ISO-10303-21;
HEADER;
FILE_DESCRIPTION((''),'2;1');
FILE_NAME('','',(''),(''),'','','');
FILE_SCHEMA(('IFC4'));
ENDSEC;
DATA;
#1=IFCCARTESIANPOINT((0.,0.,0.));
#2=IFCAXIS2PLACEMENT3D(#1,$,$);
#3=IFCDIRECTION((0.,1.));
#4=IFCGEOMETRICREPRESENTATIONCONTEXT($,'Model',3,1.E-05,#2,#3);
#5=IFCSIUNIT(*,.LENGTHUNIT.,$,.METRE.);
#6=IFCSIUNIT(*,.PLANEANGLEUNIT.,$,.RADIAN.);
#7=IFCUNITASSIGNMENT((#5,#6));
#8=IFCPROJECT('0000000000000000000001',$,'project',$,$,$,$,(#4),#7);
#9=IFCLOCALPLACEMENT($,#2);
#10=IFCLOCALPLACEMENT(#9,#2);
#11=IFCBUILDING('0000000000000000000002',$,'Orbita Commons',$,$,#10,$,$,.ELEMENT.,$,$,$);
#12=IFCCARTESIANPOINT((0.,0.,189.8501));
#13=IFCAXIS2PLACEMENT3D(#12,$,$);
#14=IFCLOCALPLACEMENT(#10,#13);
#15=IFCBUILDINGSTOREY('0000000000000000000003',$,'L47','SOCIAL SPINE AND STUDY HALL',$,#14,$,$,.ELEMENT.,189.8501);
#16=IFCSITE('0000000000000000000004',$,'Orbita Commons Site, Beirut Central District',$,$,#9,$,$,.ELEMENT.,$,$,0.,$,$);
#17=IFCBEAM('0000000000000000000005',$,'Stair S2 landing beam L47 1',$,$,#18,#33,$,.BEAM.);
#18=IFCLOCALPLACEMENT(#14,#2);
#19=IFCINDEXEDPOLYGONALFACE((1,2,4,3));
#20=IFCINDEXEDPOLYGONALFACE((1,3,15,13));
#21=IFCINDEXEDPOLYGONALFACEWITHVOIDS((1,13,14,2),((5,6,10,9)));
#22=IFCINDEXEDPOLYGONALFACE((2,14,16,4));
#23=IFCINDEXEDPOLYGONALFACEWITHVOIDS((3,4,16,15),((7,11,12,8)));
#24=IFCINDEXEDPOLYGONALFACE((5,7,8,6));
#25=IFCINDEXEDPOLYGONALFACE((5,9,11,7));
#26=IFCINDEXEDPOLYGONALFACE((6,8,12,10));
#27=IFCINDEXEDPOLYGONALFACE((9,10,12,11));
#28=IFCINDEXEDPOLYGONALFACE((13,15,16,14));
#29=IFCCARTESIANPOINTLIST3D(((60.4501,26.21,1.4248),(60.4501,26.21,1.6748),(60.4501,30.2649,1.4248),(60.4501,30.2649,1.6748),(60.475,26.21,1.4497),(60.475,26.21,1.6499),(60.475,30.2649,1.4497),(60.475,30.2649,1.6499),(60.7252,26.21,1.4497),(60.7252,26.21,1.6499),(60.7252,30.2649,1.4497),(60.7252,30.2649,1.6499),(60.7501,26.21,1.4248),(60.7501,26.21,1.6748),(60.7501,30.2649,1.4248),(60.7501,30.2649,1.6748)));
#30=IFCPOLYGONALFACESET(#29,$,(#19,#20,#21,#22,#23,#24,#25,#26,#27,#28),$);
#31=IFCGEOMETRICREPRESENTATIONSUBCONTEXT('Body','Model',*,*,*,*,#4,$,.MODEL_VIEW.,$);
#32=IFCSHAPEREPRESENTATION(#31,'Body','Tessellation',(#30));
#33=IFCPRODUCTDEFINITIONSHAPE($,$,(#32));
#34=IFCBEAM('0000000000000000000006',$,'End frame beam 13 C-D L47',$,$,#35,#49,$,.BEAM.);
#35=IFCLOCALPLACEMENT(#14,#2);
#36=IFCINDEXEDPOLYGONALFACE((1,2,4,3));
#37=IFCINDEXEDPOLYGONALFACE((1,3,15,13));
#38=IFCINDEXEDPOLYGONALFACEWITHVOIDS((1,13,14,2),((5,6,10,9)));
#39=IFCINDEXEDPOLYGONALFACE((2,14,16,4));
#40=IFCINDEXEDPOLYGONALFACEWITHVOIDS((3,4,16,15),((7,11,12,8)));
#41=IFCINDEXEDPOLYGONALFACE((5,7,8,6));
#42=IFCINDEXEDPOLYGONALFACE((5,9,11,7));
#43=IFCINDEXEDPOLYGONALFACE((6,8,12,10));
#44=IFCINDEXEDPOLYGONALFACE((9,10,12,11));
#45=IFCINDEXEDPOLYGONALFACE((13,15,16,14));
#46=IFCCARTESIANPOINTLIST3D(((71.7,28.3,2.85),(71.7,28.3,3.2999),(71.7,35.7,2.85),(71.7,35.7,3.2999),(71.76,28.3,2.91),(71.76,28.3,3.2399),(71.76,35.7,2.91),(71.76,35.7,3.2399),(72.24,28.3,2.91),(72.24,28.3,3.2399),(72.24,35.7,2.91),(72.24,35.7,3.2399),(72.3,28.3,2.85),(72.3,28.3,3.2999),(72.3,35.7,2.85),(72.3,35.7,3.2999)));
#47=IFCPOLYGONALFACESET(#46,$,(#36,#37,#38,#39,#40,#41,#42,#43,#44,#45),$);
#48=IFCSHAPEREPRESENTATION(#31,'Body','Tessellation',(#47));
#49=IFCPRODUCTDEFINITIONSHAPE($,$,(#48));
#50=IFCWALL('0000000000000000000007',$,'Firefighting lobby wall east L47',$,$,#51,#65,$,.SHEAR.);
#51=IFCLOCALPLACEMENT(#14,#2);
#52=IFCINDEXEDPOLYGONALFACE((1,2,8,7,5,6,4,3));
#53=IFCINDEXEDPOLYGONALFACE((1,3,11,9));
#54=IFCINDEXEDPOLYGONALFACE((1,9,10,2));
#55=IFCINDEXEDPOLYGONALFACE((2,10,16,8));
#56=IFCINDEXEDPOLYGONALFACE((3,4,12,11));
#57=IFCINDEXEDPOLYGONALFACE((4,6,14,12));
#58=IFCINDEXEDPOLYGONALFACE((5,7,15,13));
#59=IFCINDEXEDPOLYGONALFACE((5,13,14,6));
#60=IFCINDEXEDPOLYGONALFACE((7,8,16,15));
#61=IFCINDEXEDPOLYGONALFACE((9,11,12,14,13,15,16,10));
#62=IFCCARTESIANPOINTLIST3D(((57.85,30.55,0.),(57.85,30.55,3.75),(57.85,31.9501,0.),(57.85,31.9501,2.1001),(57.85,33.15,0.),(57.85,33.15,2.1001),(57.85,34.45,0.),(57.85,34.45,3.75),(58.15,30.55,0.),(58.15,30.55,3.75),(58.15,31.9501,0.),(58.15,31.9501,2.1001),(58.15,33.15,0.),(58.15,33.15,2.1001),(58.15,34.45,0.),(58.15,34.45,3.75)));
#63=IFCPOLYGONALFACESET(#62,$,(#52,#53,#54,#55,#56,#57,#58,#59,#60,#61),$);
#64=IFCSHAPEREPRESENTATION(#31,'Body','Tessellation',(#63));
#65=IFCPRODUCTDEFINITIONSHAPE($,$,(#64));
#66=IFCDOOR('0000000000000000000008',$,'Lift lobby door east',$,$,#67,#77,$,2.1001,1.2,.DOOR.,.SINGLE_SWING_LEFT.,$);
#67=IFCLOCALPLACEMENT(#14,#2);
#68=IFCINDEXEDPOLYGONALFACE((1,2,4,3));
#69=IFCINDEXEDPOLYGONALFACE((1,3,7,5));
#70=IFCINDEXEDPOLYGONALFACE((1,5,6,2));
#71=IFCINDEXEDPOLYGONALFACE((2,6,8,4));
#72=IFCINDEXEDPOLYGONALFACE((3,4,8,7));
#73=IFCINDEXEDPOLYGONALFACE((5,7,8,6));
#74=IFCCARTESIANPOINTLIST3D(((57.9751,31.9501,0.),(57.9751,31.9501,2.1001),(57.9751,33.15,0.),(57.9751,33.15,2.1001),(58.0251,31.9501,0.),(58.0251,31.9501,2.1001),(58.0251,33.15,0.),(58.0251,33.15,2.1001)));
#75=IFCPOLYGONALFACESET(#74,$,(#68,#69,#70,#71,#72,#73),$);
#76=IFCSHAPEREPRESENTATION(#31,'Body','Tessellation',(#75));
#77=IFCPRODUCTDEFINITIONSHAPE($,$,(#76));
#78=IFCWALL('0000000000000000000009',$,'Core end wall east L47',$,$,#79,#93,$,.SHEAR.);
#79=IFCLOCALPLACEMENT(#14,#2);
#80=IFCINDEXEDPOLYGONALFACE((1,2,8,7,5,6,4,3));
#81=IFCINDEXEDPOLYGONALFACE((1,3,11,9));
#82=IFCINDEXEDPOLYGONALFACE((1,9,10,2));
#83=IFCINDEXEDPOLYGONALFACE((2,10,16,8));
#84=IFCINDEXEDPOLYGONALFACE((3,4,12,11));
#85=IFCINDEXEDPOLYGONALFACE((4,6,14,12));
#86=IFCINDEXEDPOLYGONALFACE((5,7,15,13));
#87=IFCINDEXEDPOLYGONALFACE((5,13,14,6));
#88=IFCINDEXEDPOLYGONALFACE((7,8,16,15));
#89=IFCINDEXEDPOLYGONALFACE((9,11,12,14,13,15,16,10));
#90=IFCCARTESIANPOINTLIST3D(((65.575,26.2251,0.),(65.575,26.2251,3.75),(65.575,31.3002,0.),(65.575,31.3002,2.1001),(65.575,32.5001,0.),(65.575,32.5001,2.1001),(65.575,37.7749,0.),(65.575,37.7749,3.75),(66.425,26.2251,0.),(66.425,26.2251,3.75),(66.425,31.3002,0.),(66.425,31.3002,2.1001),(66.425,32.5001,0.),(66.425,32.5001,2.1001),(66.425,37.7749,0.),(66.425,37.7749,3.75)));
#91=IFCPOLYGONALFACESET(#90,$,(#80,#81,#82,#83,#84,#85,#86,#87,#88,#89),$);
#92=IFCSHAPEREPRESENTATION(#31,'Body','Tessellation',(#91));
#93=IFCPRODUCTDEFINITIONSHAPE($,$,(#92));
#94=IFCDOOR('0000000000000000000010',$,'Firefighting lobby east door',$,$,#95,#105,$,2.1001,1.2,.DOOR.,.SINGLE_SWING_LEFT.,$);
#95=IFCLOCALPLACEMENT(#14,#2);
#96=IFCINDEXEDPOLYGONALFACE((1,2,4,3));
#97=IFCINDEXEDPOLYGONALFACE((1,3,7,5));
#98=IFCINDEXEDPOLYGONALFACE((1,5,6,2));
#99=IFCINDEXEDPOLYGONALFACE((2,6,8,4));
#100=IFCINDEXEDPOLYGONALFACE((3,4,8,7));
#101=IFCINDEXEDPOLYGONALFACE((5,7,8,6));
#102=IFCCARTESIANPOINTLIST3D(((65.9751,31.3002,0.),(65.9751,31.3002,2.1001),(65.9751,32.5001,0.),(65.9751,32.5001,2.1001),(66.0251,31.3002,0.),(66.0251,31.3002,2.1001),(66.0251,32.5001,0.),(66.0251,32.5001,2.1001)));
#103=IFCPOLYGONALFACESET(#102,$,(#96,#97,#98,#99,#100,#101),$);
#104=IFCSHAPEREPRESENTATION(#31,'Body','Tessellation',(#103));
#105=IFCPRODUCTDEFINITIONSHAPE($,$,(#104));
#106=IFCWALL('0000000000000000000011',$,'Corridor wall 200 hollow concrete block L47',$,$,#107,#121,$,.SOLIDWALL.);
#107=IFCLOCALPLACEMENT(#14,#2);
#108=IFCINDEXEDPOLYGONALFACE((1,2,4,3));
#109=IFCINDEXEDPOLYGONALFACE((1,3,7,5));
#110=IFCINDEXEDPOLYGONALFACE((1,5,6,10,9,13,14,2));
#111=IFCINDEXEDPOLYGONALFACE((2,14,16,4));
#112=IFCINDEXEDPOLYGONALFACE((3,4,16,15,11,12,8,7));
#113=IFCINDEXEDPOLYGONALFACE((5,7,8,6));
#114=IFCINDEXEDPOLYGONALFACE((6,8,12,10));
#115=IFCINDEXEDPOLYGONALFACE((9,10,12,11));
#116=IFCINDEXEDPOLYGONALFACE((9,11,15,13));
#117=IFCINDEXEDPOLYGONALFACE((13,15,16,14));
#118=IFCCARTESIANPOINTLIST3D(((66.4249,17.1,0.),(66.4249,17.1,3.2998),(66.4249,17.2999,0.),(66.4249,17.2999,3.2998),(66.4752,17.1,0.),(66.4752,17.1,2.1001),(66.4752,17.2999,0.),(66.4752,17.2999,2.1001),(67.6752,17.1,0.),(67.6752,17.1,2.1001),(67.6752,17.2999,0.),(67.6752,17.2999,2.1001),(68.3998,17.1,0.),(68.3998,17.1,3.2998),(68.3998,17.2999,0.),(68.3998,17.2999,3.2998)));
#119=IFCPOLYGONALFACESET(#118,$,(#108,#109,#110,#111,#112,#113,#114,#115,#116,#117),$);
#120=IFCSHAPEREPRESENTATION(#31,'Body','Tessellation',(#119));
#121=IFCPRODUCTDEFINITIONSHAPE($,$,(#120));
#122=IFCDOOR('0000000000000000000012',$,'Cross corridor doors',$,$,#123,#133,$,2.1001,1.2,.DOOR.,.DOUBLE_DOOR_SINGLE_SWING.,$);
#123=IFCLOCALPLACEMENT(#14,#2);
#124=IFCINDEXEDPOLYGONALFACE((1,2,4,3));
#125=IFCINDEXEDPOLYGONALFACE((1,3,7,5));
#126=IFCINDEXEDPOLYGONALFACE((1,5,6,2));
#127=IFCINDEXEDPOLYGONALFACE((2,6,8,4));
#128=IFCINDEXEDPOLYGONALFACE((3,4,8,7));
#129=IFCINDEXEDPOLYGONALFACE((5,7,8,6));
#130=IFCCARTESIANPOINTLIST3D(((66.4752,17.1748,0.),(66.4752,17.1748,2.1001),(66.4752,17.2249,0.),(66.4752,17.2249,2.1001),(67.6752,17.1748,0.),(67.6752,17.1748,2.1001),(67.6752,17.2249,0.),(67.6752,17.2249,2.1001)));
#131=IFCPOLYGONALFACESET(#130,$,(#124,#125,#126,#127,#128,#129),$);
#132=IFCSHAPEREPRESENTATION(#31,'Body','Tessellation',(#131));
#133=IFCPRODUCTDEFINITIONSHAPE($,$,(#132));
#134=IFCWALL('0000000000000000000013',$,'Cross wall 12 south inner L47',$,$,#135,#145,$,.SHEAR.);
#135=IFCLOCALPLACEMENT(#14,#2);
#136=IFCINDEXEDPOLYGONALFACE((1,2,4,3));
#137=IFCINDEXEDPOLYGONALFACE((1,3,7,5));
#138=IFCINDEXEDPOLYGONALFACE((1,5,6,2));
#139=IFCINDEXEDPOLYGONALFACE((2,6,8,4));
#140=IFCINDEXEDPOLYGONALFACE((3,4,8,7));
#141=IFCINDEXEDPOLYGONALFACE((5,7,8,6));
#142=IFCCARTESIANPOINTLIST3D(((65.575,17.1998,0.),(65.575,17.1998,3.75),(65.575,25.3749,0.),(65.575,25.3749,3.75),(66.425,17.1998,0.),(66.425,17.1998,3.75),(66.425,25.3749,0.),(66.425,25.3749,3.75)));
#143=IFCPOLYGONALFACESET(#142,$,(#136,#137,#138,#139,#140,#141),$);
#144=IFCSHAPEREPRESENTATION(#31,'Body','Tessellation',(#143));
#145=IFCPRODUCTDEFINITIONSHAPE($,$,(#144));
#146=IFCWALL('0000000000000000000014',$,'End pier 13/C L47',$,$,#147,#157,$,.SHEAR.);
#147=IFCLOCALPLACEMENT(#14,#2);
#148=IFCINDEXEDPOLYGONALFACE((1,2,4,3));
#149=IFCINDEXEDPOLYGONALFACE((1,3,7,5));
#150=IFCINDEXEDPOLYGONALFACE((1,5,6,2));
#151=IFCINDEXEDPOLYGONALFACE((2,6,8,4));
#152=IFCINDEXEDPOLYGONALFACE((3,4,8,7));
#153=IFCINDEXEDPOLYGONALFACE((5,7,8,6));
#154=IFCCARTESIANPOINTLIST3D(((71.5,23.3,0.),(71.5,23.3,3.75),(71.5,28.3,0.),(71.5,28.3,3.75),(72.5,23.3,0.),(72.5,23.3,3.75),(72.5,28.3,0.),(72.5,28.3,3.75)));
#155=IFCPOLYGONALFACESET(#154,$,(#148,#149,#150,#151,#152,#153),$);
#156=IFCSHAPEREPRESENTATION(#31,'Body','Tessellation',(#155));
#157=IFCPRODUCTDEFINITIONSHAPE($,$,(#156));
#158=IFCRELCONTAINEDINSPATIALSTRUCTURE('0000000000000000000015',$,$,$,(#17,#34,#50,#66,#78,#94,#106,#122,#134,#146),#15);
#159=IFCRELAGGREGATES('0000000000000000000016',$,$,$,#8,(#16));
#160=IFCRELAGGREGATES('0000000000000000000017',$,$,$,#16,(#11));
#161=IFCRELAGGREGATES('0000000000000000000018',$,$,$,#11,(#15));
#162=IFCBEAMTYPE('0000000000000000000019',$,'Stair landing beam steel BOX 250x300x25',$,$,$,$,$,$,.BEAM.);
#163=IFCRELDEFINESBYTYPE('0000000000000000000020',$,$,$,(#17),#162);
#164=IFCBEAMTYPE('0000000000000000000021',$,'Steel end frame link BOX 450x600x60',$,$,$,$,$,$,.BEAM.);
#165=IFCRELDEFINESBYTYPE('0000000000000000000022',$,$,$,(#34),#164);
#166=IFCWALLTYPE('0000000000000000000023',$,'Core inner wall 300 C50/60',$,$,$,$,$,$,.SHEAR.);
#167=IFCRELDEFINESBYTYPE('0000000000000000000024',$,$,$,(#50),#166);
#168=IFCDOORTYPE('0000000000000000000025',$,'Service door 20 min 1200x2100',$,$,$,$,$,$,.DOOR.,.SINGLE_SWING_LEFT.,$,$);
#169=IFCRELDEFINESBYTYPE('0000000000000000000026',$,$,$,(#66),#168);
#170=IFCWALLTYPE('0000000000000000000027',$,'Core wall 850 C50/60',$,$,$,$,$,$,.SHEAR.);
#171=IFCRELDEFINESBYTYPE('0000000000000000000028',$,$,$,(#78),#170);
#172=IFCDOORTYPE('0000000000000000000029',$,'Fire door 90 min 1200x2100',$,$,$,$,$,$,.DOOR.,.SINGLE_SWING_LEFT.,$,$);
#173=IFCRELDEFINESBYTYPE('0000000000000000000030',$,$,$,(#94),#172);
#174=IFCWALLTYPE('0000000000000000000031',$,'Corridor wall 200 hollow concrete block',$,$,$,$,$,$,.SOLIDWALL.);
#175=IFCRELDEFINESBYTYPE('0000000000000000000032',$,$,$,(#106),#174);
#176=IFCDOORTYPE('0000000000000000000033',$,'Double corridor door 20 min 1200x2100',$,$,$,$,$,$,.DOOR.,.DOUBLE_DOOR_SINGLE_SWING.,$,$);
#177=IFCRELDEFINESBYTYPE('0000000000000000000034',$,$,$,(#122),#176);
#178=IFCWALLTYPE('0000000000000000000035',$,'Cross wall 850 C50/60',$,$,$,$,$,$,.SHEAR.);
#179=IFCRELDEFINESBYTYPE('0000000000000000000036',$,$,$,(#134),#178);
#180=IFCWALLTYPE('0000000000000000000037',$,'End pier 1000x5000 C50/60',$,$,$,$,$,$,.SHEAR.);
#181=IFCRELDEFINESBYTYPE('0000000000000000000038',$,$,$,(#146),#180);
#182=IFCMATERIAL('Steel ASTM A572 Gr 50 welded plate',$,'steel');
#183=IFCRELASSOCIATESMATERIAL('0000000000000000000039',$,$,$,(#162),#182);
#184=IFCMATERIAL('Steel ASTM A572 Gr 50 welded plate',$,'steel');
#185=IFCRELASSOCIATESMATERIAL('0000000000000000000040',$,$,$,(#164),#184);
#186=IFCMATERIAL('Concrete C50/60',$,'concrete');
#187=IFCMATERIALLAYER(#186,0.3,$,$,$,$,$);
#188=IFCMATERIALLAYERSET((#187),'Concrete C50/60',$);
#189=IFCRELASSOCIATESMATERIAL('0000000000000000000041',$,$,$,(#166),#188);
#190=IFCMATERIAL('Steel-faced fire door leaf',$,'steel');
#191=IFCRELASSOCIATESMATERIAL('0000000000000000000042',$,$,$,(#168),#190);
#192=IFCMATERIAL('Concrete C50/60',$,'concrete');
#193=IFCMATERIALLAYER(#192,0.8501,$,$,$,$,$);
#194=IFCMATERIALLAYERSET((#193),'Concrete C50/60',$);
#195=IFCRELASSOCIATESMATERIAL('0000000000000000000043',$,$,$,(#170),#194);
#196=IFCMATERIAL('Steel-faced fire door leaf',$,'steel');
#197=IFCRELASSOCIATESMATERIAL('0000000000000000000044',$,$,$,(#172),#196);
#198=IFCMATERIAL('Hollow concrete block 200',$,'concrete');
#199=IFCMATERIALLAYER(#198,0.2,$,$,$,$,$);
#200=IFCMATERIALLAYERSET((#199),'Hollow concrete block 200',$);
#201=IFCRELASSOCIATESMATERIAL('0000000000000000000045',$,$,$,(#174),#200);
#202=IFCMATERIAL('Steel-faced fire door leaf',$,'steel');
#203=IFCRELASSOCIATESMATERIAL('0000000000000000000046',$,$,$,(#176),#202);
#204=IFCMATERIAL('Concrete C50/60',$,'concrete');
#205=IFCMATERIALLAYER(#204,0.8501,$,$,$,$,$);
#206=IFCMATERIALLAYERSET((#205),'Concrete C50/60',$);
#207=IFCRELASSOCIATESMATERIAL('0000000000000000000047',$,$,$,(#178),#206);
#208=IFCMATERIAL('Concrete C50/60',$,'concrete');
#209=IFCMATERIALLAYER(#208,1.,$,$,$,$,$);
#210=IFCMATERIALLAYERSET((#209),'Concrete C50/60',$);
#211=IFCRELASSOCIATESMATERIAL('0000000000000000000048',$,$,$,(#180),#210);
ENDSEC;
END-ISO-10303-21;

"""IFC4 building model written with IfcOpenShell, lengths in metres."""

from ifc_helpers import new_model, si_unit, direction, frame, frame_2d, origin, origin_2d, place, context, subcontext, project, spatial, rectangle, hollow_rectangle, extrude, material, layer, layer_set, material_profile, profile_set, type_object, element, fill, save


model = new_model("IFC4")

# Units and contexts
model_context = context("Model", 3, precision=1e-05, world=origin(), true_north=direction((0.0, 1.0)))
body_context = subcontext(model_context, "Body", "Model", "MODEL_VIEW")
ifc_project = project(units=[si_unit("LENGTHUNIT", "METRE"), si_unit("PLANEANGLEUNIT", "RADIAN")], contexts=[model_context])

# Site, building, storey
site_placement = place(None, origin())
site = spatial("IfcSite", under=ifc_project, at=site_placement, Name="Orbita Commons Site, Beirut Central District", CompositionType="ELEMENT", RefElevation=0.0)
building_placement = place(site_placement, origin())
building = spatial("IfcBuilding", under=site, at=building_placement, Name="Orbita Commons", CompositionType="ELEMENT")
storey_placement = place(building_placement, frame((0.0, 0.0, 189.8501)))
storey = spatial("IfcBuildingStorey", under=building, at=storey_placement, Name="L47", Description="SOCIAL SPINE AND STUDY HALL", CompositionType="ELEMENT", Elevation=189.8501)

# Beams
ifc_material_1 = material(Name="Steel ASTM A572 Gr 50 welded plate", Category="steel")
ifc_material_profile_1 = material_profile(ifc_material_1, hollow_rectangle(XDim=0.3, YDim=0.25, WallThickness=0.0249, at=origin_2d()), Name="BOX 250x300x25")
ifc_profile_set_1 = profile_set([ifc_material_profile_1], Name="Steel ASTM A572 Gr 50 welded plate")
beam_type_1 = type_object("IfcBeamType", Name="Stair landing beam steel BOX 250x300x25", PredefinedType="BEAM", material=ifc_profile_set_1)
beam_1_placement = place(storey_placement, frame((60.6001, 26.21, 1.5498), z_axis=(0.0, 1.0, 0.0), x_axis=(-1.0, 0.0, 0.0)))
element("IfcBeam", 1, at=beam_1_placement, inside=storey, type_object=beam_type_1, Name="Stair S2 landing beam L47 1", PredefinedType="BEAM", context=body_context, shape_type="SweptSolid", body=[
    extrude(hollow_rectangle(XDim=0.3, YDim=0.25, WallThickness=0.0249, at=origin_2d()), origin(), (0.0, 0.0, 1.0), 4.0549),
])
ifc_material_2 = material(Name="Steel ASTM A572 Gr 50 welded plate", Category="steel")
ifc_material_profile_2 = material_profile(ifc_material_2, hollow_rectangle(XDim=0.6001, YDim=0.45, WallThickness=0.0601, at=origin_2d()), Name="BOX 450x600x60")
ifc_profile_set_2 = profile_set([ifc_material_profile_2], Name="Steel ASTM A572 Gr 50 welded plate")
beam_type_2 = type_object("IfcBeamType", Name="Steel end frame link BOX 450x600x60", PredefinedType="BEAM", material=ifc_profile_set_2)
beam_2_placement = place(storey_placement, frame((72.0, 28.3, 3.075), z_axis=(0.0, 1.0, 0.0), x_axis=(-1.0, 0.0, 0.0)))
element("IfcBeam", 2, at=beam_2_placement, inside=storey, type_object=beam_type_2, Name="End frame beam 13 C-D L47", PredefinedType="BEAM", context=body_context, shape_type="SweptSolid", body=[
    extrude(hollow_rectangle(XDim=0.6001, YDim=0.45, WallThickness=0.0601, at=origin_2d()), origin(), (0.0, 0.0, 1.0), 7.3999),
])

# Walls, openings, doors
ifc_material_3 = material(Name="Concrete C50/60", Category="concrete")
ifc_layer_1 = layer(ifc_material_3, 0.3)
ifc_layer_set_1 = layer_set([ifc_layer_1], Name="Concrete C50/60")
wall_type_1 = type_object("IfcWallType", Name="Core inner wall 300 C50/60", PredefinedType="SHEAR", material=ifc_layer_set_1)
wall_1_placement = place(storey_placement, frame((58.0, 30.55, 0.0), z_axis=(0.0, 0.0, 1.0), x_axis=(0.0, 1.0, 0.0)))
wall_1 = element("IfcWall", 3, at=wall_1_placement, inside=storey, type_object=wall_type_1, Name="Firefighting lobby wall east L47", PredefinedType="SHEAR", context=body_context, shape_type="SweptSolid", body=[
    extrude(rectangle(XDim=3.8999, YDim=0.3, at=frame_2d((1.95, 0.0))), origin(), (0.0, 0.0, 1.0), 3.75),
])
opening_1_placement = place(wall_1_placement, frame((1.3999, 0.0, 0.0)))
opening_1 = element("IfcOpeningElement", 4, at=opening_1_placement, cuts=wall_1, PredefinedType="OPENING", context=body_context, shape_type="SweptSolid", body=[
    extrude(rectangle(XDim=1.2, YDim=2.1001, at=frame_2d((0.6001, 1.05))), frame((0.0, 0.1599, 0.0), z_axis=(0.0, -1.0, 0.0), x_axis=(1.0, 0.0, 0.0)), (0.0, 0.0, 1.0), 0.3201),
])
ifc_material_4 = material(Name="Steel-faced fire door leaf", Category="steel")
door_type_1 = type_object("IfcDoorType", Name="Service door 20 min 1200x2100", OperationType="SINGLE_SWING_LEFT", PredefinedType="DOOR", material=ifc_material_4)
door_1_placement = place(opening_1_placement, origin())
door_1 = element("IfcDoor", 5, at=door_1_placement, inside=storey, type_object=door_type_1, Name="Lift lobby door east", OperationType="SINGLE_SWING_LEFT", OverallHeight=2.1001, OverallWidth=1.2, PredefinedType="DOOR", context=body_context, shape_type="SweptSolid", body=[
    extrude(rectangle(XDim=1.2, YDim=2.1001, at=frame_2d((0.6001, 1.05))), frame((0.0, 0.0249, 0.0), z_axis=(0.0, -1.0, 0.0), x_axis=(1.0, 0.0, 0.0)), (0.0, 0.0, 1.0), 0.05),
])
fill(opening_1, door_1)
ifc_material_5 = material(Name="Concrete C50/60", Category="concrete")
ifc_layer_2 = layer(ifc_material_5, 0.8501)
ifc_layer_set_2 = layer_set([ifc_layer_2], Name="Concrete C50/60")
wall_type_2 = type_object("IfcWallType", Name="Core wall 850 C50/60", PredefinedType="SHEAR", material=ifc_layer_set_2)
wall_2_placement = place(storey_placement, frame((66.0, 26.2251, 0.0), z_axis=(0.0, 0.0, 1.0), x_axis=(0.0, 1.0, 0.0)))
wall_2 = element("IfcWall", 6, at=wall_2_placement, inside=storey, type_object=wall_type_2, Name="Core end wall east L47", PredefinedType="SHEAR", context=body_context, shape_type="SweptSolid", body=[
    extrude(rectangle(XDim=11.5498, YDim=0.8501, at=frame_2d((5.7749, 0.0))), origin(), (0.0, 0.0, 1.0), 3.75),
])
opening_2_placement = place(wall_2_placement, frame((5.075, 0.0, 0.0)))
opening_2 = element("IfcOpeningElement", 7, at=opening_2_placement, cuts=wall_2, PredefinedType="OPENING", context=body_context, shape_type="SweptSolid", body=[
    extrude(rectangle(XDim=1.2, YDim=2.1001, at=frame_2d((0.6001, 1.05))), frame((0.0, 0.4351, 0.0), z_axis=(0.0, -1.0, 0.0), x_axis=(1.0, 0.0, 0.0)), (0.0, 0.0, 1.0), 0.8701),
])
ifc_material_6 = material(Name="Steel-faced fire door leaf", Category="steel")
door_type_2 = type_object("IfcDoorType", Name="Fire door 90 min 1200x2100", OperationType="SINGLE_SWING_LEFT", PredefinedType="DOOR", material=ifc_material_6)
door_2_placement = place(opening_2_placement, origin())
door_2 = element("IfcDoor", 8, at=door_2_placement, inside=storey, type_object=door_type_2, Name="Firefighting lobby east door", OperationType="SINGLE_SWING_LEFT", OverallHeight=2.1001, OverallWidth=1.2, PredefinedType="DOOR", context=body_context, shape_type="SweptSolid", body=[
    extrude(rectangle(XDim=1.2, YDim=2.1001, at=frame_2d((0.6001, 1.05))), frame((0.0, 0.0249, 0.0), z_axis=(0.0, -1.0, 0.0), x_axis=(1.0, 0.0, 0.0)), (0.0, 0.0, 1.0), 0.05),
])
fill(opening_2, door_2)
ifc_material_7 = material(Name="Hollow concrete block 200", Category="concrete")
ifc_layer_3 = layer(ifc_material_7, 0.2)
ifc_layer_set_3 = layer_set([ifc_layer_3], Name="Hollow concrete block 200")
wall_type_3 = type_object("IfcWallType", Name="Corridor wall 200 hollow concrete block", PredefinedType="SOLIDWALL", material=ifc_layer_set_3)
wall_3_placement = place(storey_placement, frame((66.425, 17.2, 0.0), z_axis=(0.0, 0.0, 1.0), x_axis=(1.0, 0.0, 0.0)))
wall_3 = element("IfcWall", 9, at=wall_3_placement, inside=storey, type_object=wall_type_3, Name="Corridor wall 200 hollow concrete block L47", PredefinedType="SOLIDWALL", context=body_context, shape_type="SweptSolid", body=[
    extrude(rectangle(XDim=1.9749, YDim=0.2, at=frame_2d((0.9873, 0.0))), origin(), (0.0, 0.0, 1.0), 3.2998),
])
opening_3_placement = place(wall_3_placement, frame((0.05, 0.0, 0.0)))
opening_3 = element("IfcOpeningElement", 10, at=opening_3_placement, cuts=wall_3, PredefinedType="OPENING", context=body_context, shape_type="SweptSolid", body=[
    extrude(rectangle(XDim=1.2, YDim=2.1001, at=frame_2d((0.6001, 1.05))), frame((0.0, 0.1099, 0.0), z_axis=(0.0, -1.0, 0.0), x_axis=(1.0, 0.0, 0.0)), (0.0, 0.0, 1.0), 0.22),
])
ifc_material_8 = material(Name="Steel-faced fire door leaf", Category="steel")
door_type_3 = type_object("IfcDoorType", Name="Double corridor door 20 min 1200x2100", OperationType="DOUBLE_DOOR_SINGLE_SWING", PredefinedType="DOOR", material=ifc_material_8)
door_3_placement = place(opening_3_placement, origin())
door_3 = element("IfcDoor", 11, at=door_3_placement, inside=storey, type_object=door_type_3, Name="Cross corridor doors", OperationType="DOUBLE_DOOR_SINGLE_SWING", OverallHeight=2.1001, OverallWidth=1.2, PredefinedType="DOOR", context=body_context, shape_type="SweptSolid", body=[
    extrude(rectangle(XDim=1.2, YDim=2.1001, at=frame_2d((0.6001, 1.05))), frame((0.0, 0.0249, 0.0), z_axis=(0.0, -1.0, 0.0), x_axis=(1.0, 0.0, 0.0)), (0.0, 0.0, 1.0), 0.05),
])
fill(opening_3, door_3)

# Walls
ifc_material_9 = material(Name="Concrete C50/60", Category="concrete")
ifc_layer_4 = layer(ifc_material_9, 0.8501)
ifc_layer_set_4 = layer_set([ifc_layer_4], Name="Concrete C50/60")
wall_type_4 = type_object("IfcWallType", Name="Cross wall 850 C50/60", PredefinedType="SHEAR", material=ifc_layer_set_4)
wall_4_placement = place(storey_placement, frame((66.0, 17.2, 0.0), z_axis=(0.0, 0.0, 1.0), x_axis=(0.0, 1.0, 0.0)))
element("IfcWall", 12, at=wall_4_placement, inside=storey, type_object=wall_type_4, Name="Cross wall 12 south inner L47", PredefinedType="SHEAR", context=body_context, shape_type="SweptSolid", body=[
    extrude(rectangle(XDim=8.175, YDim=0.8501, at=frame_2d((4.0874, 0.0))), origin(), (0.0, 0.0, 1.0), 3.75),
])
ifc_material_10 = material(Name="Concrete C50/60", Category="concrete")
ifc_layer_5 = layer(ifc_material_10, 1.0)
ifc_layer_set_5 = layer_set([ifc_layer_5], Name="Concrete C50/60")
wall_type_5 = type_object("IfcWallType", Name="End pier 1000x5000 C50/60", PredefinedType="SHEAR", material=ifc_layer_set_5)
wall_5_placement = place(storey_placement, frame((72.0, 23.3, 0.0), z_axis=(0.0, 0.0, 1.0), x_axis=(0.0, 1.0, 0.0)))
element("IfcWall", 13, at=wall_5_placement, inside=storey, type_object=wall_type_5, Name="End pier 13/C L47", PredefinedType="SHEAR", context=body_context, shape_type="SweptSolid", body=[
    extrude(rectangle(XDim=5.0, YDim=1.0, at=frame_2d((2.5, 0.0))), origin(), (0.0, 0.0, 1.0), 3.75),
])

save(model, "model.ifc")
